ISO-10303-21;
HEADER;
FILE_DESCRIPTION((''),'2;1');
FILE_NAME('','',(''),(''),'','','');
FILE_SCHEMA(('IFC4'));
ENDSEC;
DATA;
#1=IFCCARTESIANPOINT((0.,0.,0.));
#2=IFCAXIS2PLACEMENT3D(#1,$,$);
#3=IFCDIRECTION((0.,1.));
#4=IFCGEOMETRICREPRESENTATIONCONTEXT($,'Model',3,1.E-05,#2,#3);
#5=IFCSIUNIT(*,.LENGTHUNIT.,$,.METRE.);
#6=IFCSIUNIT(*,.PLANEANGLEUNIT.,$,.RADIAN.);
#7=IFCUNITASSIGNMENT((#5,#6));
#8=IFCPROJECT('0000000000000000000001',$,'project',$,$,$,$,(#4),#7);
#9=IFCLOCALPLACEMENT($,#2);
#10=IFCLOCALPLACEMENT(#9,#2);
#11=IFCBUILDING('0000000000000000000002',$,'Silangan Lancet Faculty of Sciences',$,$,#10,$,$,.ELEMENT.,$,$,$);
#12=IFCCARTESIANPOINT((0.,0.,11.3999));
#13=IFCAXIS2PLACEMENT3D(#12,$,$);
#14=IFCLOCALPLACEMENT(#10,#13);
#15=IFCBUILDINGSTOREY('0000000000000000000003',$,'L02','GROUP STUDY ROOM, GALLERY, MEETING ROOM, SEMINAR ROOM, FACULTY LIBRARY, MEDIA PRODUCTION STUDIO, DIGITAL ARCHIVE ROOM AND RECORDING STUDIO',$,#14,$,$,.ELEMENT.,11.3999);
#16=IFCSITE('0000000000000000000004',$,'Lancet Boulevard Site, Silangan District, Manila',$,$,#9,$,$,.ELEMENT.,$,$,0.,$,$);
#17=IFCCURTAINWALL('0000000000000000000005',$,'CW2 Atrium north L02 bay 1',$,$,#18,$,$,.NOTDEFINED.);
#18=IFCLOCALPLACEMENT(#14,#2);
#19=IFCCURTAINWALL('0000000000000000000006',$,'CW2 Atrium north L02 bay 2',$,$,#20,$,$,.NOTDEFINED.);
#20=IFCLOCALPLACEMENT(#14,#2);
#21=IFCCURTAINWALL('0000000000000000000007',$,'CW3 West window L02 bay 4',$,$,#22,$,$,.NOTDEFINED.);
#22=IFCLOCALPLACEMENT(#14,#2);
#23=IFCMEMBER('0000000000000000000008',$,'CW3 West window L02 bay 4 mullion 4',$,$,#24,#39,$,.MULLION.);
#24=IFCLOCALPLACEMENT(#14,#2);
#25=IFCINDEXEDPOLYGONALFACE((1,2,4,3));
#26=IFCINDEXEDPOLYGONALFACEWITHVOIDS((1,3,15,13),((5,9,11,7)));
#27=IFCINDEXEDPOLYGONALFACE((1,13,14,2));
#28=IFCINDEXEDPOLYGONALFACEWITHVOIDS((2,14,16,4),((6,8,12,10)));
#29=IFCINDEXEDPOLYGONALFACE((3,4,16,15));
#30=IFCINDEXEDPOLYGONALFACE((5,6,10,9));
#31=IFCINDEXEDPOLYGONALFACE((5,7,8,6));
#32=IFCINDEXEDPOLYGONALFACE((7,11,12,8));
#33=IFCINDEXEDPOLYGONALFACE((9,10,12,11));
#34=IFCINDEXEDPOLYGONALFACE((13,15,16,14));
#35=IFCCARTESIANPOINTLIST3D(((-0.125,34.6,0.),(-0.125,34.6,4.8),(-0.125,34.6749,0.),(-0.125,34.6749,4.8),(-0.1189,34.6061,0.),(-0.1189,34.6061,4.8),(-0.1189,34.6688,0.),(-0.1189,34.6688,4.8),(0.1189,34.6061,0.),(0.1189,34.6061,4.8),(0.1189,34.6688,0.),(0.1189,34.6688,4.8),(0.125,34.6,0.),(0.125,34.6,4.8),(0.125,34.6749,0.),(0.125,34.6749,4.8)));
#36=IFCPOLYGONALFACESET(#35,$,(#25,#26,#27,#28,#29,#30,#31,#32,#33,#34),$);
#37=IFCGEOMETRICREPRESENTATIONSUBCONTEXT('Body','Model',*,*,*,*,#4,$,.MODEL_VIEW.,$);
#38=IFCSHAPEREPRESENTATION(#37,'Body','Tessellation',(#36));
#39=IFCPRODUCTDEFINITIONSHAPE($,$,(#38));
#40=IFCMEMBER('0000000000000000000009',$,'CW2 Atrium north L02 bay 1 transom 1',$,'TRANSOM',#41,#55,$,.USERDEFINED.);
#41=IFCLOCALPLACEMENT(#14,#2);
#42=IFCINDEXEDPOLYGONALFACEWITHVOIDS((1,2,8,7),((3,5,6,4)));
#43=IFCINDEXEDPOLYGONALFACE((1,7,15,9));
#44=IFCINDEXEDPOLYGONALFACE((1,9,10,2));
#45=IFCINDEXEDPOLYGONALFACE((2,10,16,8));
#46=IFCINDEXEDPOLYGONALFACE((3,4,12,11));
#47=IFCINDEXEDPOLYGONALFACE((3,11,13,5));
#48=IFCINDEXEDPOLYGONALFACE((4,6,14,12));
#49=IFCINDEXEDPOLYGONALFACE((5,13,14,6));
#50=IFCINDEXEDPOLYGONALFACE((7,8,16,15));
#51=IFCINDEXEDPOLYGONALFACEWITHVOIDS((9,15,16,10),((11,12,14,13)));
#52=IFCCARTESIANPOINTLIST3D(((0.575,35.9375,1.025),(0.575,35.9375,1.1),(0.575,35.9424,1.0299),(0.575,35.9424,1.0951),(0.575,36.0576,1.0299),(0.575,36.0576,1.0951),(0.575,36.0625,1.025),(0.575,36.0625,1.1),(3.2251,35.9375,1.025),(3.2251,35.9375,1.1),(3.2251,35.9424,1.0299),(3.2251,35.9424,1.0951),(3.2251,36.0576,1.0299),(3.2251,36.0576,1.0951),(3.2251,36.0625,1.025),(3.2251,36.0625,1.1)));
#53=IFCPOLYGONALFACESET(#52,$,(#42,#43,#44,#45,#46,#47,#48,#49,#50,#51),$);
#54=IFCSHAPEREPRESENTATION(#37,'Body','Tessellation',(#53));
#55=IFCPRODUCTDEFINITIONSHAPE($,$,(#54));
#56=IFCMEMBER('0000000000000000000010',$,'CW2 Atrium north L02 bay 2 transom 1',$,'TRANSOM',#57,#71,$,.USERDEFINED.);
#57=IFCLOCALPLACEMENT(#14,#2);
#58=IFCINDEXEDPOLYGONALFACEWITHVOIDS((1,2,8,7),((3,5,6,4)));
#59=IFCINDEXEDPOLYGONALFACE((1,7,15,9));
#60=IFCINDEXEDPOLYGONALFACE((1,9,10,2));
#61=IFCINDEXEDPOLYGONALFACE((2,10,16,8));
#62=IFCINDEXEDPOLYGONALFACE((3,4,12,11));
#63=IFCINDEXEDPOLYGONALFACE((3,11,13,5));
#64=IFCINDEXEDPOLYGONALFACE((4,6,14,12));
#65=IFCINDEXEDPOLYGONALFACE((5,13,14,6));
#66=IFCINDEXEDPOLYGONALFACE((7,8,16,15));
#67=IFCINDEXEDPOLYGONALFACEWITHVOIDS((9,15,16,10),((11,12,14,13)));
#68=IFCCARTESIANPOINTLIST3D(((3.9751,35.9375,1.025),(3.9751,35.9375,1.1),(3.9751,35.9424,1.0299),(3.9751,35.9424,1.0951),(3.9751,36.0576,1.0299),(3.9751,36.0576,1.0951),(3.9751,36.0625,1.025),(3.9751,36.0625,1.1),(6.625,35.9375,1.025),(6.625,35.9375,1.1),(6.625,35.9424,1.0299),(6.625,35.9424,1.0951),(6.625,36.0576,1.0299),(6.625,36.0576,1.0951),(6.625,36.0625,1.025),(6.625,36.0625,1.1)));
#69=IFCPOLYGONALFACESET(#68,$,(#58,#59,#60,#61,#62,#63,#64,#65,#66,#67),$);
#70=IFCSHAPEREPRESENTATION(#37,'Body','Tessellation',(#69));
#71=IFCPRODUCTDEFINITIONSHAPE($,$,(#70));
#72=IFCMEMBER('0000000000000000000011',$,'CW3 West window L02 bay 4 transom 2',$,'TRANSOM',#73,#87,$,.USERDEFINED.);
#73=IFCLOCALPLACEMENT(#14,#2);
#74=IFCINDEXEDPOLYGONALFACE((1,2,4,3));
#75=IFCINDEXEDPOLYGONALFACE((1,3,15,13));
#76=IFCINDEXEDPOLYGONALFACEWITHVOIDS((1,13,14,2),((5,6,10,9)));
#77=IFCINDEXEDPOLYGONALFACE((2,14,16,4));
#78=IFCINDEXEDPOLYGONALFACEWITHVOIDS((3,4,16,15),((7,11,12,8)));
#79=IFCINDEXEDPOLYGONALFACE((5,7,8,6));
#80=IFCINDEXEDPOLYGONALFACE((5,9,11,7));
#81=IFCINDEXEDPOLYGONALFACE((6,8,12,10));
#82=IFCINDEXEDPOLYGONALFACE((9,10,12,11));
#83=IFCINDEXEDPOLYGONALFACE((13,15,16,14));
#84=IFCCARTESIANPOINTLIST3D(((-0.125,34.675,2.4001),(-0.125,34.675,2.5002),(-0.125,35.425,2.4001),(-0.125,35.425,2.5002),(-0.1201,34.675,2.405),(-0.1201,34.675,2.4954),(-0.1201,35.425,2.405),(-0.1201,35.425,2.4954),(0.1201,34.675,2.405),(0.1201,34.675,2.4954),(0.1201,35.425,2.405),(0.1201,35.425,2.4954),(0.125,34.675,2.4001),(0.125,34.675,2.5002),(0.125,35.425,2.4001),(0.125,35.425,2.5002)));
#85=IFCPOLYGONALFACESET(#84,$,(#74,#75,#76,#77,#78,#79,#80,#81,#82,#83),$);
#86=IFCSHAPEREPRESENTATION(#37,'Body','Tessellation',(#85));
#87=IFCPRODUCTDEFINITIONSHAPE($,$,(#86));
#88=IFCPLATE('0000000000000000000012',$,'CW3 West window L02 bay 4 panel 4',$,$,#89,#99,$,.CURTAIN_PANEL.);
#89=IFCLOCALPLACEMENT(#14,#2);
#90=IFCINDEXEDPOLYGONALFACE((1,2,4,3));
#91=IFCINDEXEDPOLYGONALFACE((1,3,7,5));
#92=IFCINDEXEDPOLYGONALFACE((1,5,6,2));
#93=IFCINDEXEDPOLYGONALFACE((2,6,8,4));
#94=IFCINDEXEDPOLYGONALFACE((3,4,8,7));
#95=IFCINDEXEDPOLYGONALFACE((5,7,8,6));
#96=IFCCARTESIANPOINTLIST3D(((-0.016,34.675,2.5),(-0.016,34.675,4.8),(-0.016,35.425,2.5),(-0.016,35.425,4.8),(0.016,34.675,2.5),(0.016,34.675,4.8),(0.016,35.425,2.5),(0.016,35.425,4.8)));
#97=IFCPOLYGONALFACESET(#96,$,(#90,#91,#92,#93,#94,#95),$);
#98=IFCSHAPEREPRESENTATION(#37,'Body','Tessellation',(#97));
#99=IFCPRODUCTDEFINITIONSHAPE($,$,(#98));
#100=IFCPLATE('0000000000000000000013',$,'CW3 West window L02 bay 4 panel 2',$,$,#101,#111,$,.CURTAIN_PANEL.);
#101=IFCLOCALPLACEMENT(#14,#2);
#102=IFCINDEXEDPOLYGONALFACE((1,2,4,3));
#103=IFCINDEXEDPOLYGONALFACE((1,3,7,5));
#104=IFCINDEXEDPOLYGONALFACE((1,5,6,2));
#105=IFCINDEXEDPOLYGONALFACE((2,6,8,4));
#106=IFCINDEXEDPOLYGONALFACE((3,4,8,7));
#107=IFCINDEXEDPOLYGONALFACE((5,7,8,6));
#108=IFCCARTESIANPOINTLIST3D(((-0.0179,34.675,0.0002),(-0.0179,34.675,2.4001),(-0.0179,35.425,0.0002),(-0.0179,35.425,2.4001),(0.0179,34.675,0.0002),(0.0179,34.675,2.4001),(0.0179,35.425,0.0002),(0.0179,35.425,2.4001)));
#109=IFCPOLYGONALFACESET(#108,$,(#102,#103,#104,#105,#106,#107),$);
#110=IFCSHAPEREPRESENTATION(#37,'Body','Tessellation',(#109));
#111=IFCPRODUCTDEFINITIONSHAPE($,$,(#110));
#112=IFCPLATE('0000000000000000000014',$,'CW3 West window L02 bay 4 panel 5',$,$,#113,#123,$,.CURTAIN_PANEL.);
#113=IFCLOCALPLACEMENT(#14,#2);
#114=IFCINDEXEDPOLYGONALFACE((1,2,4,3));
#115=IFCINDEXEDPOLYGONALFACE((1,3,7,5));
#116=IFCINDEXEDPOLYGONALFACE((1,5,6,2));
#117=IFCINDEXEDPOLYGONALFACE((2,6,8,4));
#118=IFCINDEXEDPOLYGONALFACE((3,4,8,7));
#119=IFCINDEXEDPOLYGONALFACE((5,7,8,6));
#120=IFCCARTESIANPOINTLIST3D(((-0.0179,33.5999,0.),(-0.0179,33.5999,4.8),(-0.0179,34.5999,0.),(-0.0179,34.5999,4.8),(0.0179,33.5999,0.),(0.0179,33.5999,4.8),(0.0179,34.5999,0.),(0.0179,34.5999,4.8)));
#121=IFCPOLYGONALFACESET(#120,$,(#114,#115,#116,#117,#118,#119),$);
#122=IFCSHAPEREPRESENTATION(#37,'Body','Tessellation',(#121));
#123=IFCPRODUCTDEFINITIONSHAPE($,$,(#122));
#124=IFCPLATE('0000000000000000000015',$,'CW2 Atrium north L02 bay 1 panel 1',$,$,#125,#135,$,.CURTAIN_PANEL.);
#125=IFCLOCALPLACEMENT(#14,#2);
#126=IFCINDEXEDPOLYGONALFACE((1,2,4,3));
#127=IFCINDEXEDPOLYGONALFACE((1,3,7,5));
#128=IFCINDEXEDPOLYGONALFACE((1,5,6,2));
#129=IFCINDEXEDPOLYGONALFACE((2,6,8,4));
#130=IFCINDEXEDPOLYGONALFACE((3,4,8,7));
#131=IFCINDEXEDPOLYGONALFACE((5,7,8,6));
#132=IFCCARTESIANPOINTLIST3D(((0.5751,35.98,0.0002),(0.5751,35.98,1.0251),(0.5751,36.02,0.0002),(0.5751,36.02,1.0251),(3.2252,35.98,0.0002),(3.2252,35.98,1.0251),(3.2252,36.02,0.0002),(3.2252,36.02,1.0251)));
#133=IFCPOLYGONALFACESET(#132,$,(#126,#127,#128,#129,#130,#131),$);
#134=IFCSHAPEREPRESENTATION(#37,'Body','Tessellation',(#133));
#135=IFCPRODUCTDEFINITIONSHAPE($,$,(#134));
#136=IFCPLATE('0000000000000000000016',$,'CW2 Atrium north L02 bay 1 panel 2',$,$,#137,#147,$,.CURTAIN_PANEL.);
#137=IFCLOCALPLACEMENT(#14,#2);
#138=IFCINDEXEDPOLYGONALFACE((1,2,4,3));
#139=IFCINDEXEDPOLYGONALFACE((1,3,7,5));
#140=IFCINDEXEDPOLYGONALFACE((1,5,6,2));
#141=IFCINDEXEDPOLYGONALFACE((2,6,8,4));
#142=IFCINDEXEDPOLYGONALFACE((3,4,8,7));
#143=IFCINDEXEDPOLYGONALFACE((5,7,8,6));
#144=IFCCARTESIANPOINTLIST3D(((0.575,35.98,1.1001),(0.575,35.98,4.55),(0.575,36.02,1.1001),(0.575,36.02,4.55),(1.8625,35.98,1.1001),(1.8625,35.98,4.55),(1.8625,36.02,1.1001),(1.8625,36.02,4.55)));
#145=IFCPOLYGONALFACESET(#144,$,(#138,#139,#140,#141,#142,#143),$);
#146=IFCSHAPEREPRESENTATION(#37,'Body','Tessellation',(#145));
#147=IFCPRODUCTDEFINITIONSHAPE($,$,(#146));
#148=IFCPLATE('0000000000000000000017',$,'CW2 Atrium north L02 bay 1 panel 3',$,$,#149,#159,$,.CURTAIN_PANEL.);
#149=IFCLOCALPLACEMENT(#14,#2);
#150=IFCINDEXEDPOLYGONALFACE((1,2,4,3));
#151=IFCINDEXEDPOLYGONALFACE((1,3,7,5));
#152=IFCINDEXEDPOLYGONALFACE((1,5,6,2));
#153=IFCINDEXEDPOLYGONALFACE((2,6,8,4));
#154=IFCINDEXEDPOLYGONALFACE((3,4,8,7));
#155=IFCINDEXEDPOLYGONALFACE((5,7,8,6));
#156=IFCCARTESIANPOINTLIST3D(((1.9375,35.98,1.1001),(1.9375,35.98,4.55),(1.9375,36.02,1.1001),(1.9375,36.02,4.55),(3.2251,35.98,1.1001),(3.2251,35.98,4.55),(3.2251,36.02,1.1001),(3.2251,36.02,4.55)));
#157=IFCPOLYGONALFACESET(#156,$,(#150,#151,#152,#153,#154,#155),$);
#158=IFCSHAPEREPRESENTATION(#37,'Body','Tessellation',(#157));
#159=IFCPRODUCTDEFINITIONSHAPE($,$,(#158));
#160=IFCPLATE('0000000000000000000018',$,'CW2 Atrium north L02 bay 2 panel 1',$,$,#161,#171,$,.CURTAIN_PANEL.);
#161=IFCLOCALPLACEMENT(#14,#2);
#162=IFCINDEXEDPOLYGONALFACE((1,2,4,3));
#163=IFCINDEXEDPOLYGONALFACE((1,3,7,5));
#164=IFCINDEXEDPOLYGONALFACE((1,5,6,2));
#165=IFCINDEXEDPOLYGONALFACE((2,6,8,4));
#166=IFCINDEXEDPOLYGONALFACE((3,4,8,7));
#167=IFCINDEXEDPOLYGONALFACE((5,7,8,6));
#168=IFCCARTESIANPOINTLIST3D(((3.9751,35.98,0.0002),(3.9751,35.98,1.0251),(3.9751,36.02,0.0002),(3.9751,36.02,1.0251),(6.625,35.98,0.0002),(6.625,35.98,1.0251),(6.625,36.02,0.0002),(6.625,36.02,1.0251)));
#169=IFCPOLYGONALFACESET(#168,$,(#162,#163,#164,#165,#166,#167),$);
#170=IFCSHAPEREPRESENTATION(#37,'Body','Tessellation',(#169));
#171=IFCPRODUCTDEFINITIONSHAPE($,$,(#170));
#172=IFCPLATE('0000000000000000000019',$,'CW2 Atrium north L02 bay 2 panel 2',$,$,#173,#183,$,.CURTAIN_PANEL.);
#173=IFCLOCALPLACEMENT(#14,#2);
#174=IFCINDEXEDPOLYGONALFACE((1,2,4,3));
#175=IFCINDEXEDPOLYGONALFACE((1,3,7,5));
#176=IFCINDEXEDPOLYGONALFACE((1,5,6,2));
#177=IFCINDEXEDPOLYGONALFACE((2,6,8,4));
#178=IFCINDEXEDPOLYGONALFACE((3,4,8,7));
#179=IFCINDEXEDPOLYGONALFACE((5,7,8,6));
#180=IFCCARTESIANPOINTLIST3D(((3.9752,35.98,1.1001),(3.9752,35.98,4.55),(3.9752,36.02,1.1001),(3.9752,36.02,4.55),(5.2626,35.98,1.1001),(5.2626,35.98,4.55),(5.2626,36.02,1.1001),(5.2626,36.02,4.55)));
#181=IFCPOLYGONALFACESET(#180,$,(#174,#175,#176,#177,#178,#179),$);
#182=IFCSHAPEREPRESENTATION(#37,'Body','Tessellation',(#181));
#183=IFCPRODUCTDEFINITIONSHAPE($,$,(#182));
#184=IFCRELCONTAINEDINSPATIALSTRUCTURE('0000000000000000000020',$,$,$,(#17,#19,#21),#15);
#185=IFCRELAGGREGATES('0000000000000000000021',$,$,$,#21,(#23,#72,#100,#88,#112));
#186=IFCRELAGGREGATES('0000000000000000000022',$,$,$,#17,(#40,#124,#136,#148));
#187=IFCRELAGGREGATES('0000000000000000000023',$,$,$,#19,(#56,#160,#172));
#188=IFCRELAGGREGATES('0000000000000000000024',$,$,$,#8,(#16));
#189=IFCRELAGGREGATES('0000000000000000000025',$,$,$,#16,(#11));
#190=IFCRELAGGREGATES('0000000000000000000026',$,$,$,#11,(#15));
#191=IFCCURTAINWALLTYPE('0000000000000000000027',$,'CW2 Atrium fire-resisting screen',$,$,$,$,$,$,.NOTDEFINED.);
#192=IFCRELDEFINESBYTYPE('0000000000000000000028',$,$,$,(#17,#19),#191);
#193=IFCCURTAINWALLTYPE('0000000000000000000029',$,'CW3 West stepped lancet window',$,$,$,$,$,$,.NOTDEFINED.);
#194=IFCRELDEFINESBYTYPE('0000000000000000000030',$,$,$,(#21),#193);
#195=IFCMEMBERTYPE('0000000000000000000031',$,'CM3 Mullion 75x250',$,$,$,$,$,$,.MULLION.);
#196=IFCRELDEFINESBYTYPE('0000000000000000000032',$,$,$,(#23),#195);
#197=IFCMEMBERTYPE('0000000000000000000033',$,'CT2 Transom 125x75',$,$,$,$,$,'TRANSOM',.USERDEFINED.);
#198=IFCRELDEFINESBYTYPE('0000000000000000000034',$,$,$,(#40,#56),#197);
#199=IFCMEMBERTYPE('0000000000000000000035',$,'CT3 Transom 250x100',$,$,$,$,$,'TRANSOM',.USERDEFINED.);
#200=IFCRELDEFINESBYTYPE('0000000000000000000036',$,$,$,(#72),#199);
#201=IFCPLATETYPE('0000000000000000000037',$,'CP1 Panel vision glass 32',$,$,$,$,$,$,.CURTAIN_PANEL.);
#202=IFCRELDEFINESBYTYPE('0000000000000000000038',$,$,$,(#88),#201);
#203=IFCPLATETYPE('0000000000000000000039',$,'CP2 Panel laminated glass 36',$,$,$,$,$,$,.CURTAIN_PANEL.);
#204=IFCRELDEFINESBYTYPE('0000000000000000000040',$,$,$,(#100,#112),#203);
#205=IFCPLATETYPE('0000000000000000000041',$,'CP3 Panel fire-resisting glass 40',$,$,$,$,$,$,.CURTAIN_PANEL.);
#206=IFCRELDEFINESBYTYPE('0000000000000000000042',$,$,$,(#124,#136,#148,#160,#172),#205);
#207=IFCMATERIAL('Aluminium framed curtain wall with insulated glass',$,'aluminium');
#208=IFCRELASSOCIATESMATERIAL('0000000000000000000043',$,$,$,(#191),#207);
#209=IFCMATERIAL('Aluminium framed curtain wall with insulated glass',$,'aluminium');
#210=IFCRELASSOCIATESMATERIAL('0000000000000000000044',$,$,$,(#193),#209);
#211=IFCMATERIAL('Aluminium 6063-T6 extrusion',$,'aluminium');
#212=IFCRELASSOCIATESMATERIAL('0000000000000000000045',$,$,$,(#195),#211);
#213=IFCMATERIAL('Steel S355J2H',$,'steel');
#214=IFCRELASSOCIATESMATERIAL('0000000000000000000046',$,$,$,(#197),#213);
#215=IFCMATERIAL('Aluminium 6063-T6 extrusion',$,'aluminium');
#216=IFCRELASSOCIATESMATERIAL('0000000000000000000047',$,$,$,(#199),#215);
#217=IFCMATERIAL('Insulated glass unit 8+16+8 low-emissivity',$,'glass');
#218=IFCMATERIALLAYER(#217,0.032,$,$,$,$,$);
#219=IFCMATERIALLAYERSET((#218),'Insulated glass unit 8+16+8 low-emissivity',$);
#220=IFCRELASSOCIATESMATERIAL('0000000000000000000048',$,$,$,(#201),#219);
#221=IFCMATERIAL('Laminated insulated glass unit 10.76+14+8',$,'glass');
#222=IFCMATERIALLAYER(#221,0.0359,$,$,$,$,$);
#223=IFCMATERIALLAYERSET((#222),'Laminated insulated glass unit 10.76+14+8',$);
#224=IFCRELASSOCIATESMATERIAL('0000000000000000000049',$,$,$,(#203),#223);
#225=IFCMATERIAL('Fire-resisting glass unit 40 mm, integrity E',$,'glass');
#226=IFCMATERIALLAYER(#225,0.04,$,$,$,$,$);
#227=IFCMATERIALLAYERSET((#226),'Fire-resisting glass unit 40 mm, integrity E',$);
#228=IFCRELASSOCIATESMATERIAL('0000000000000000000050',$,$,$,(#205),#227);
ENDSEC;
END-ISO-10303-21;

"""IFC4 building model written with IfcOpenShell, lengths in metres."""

from ifc_helpers import new_model, si_unit, direction, frame, origin, origin_2d, place, context, subcontext, project, spatial, rectangle, hollow_rectangle, extrude, material, layer, layer_set, material_profile, profile_set, type_object, element, aggregate, save


model = new_model("IFC4")

# Units and contexts
model_context = context("Model", 3, precision=1e-05, world=origin(), true_north=direction((0.0, 1.0)))
body_context = subcontext(model_context, "Body", "Model", "MODEL_VIEW")
ifc_project = project(units=[si_unit("LENGTHUNIT", "METRE"), si_unit("PLANEANGLEUNIT", "RADIAN")], contexts=[model_context])

# Site, building, storey
site_placement = place(None, origin())
site = spatial("IfcSite", under=ifc_project, at=site_placement, Name="Lancet Boulevard Site, Silangan District, Manila", CompositionType="ELEMENT", RefElevation=0.0)
building_placement = place(site_placement, origin())
building = spatial("IfcBuilding", under=site, at=building_placement, Name="Silangan Lancet Faculty of Sciences", CompositionType="ELEMENT")
storey_placement = place(building_placement, frame((0.0, 0.0, 11.3999)))
storey = spatial("IfcBuildingStorey", under=building, at=storey_placement, Name="L02", Description="GROUP STUDY ROOM, GALLERY, MEETING ROOM, SEMINAR ROOM, FACULTY LIBRARY, MEDIA PRODUCTION STUDIO, DIGITAL ARCHIVE ROOM AND RECORDING STUDIO", CompositionType="ELEMENT", Elevation=11.3999)

# Curtain walls, member
ifc_material_1 = material(Name="Aluminium framed curtain wall with insulated glass", Category="aluminium")
curtain_wall_type_1 = type_object("IfcCurtainWallType", Name="CW2 Atrium fire-resisting screen", PredefinedType="NOTDEFINED", material=ifc_material_1)
curtain_wall_1_placement = place(storey_placement, origin())
curtain_wall_1 = element("IfcCurtainWall", 1, at=curtain_wall_1_placement, inside=storey, type_object=curtain_wall_type_1, Name="CW2 Atrium north L02 bay 1", PredefinedType="NOTDEFINED")
curtain_wall_2_placement = place(storey_placement, origin())
curtain_wall_2 = element("IfcCurtainWall", 2, at=curtain_wall_2_placement, inside=storey, type_object=curtain_wall_type_1, Name="CW2 Atrium north L02 bay 2", PredefinedType="NOTDEFINED")
ifc_material_2 = material(Name="Aluminium framed curtain wall with insulated glass", Category="aluminium")
curtain_wall_type_2 = type_object("IfcCurtainWallType", Name="CW3 West stepped lancet window", PredefinedType="NOTDEFINED", material=ifc_material_2)
curtain_wall_3_placement = place(storey_placement, origin())
curtain_wall_3 = element("IfcCurtainWall", 3, at=curtain_wall_3_placement, inside=storey, type_object=curtain_wall_type_2, Name="CW3 West window L02 bay 4", PredefinedType="NOTDEFINED")
ifc_material_3 = material(Name="Aluminium 6063-T6 extrusion", Category="aluminium")
ifc_material_profile_1 = material_profile(ifc_material_3, hollow_rectangle(XDim=0.075, YDim=0.25, WallThickness=0.0061, at=origin_2d()), Name="AL BOX 75x250x6")
ifc_profile_set_1 = profile_set([ifc_material_profile_1], Name="Aluminium 6063-T6 extrusion")
member_type_1 = type_object("IfcMemberType", Name="CM3 Mullion 75x250", PredefinedType="MULLION", material=ifc_profile_set_1)
member_1_placement = place(storey_placement, frame((0.0, 34.6375, 0.0), z_axis=(0.0, 0.0, 1.0), x_axis=(0.0, 1.0, 0.0)))
member_1 = element("IfcMember", 4, at=member_1_placement, type_object=member_type_1, Name="CW3 West window L02 bay 4 mullion 4", PredefinedType="MULLION", context=body_context, shape_type="SweptSolid", body=[
    extrude(hollow_rectangle(XDim=0.075, YDim=0.25, WallThickness=0.0061, at=origin_2d()), origin(), (0.0, 0.0, 1.0), 4.8),
])

# Members
ifc_material_4 = material(Name="Steel S355J2H", Category="steel")
ifc_material_profile_2 = material_profile(ifc_material_4, hollow_rectangle(XDim=0.125, YDim=0.075, WallThickness=0.0049, at=origin_2d()), Name="ST BOX 125x75x5")
ifc_profile_set_2 = profile_set([ifc_material_profile_2], Name="Steel S355J2H")
member_type_2 = type_object("IfcMemberType", Name="CT2 Transom 125x75", ElementType="TRANSOM", PredefinedType="USERDEFINED", material=ifc_profile_set_2)
member_2_placement = place(storey_placement, frame((0.575, 36.0, 1.0625), z_axis=(1.0, 0.0, 0.0), x_axis=(0.0, 1.0, 0.0)))
member_2 = element("IfcMember", 5, at=member_2_placement, type_object=member_type_2, Name="CW2 Atrium north L02 bay 1 transom 1", ObjectType="TRANSOM", PredefinedType="USERDEFINED", context=body_context, shape_type="SweptSolid", body=[
    extrude(hollow_rectangle(XDim=0.125, YDim=0.075, WallThickness=0.0049, at=origin_2d()), origin(), (0.0, 0.0, 1.0), 2.6501),
])
member_3_placement = place(storey_placement, frame((3.9751, 36.0, 1.0625), z_axis=(1.0, 0.0, 0.0), x_axis=(0.0, 1.0, 0.0)))
member_3 = element("IfcMember", 6, at=member_3_placement, type_object=member_type_2, Name="CW2 Atrium north L02 bay 2 transom 1", ObjectType="TRANSOM", PredefinedType="USERDEFINED", context=body_context, shape_type="SweptSolid", body=[
    extrude(hollow_rectangle(XDim=0.125, YDim=0.075, WallThickness=0.0049, at=origin_2d()), origin(), (0.0, 0.0, 1.0), 2.6499),
])
ifc_material_5 = material(Name="Aluminium 6063-T6 extrusion", Category="aluminium")
ifc_material_profile_3 = material_profile(ifc_material_5, hollow_rectangle(XDim=0.25, YDim=0.1001, WallThickness=0.0049, at=origin_2d()), Name="AL BOX 250x100x5")
ifc_profile_set_3 = profile_set([ifc_material_profile_3], Name="Aluminium 6063-T6 extrusion")
member_type_3 = type_object("IfcMemberType", Name="CT3 Transom 250x100", ElementType="TRANSOM", PredefinedType="USERDEFINED", material=ifc_profile_set_3)
member_4_placement = place(storey_placement, frame((0.0, 34.675, 2.4502), z_axis=(0.0, 1.0, 0.0), x_axis=(-1.0, 0.0, 0.0)))
member_4 = element("IfcMember", 7, at=member_4_placement, type_object=member_type_3, Name="CW3 West window L02 bay 4 transom 2", ObjectType="TRANSOM", PredefinedType="USERDEFINED", context=body_context, shape_type="SweptSolid", body=[
    extrude(hollow_rectangle(XDim=0.25, YDim=0.1001, WallThickness=0.0049, at=origin_2d()), origin(), (0.0, 0.0, 1.0), 0.75),
])

# Plates
ifc_material_6 = material(Name="Insulated glass unit 8+16+8 low-emissivity", Category="glass")
ifc_layer_1 = layer(ifc_material_6, 0.032)
ifc_layer_set_1 = layer_set([ifc_layer_1], Name="Insulated glass unit 8+16+8 low-emissivity")
plate_type_1 = type_object("IfcPlateType", Name="CP1 Panel vision glass 32", PredefinedType="CURTAIN_PANEL", material=ifc_layer_set_1)
plate_1_placement = place(storey_placement, frame((0.0, 35.05, 2.5), z_axis=(0.0, 0.0, 1.0), x_axis=(0.0, 1.0, 0.0)))
plate_1 = element("IfcPlate", 8, at=plate_1_placement, type_object=plate_type_1, Name="CW3 West window L02 bay 4 panel 4", PredefinedType="CURTAIN_PANEL", context=body_context, shape_type="SweptSolid", body=[
    extrude(rectangle(XDim=0.75, YDim=0.032, at=origin_2d()), origin(), (0.0, 0.0, 1.0), 2.3),
])
ifc_material_7 = material(Name="Laminated insulated glass unit 10.76+14+8", Category="glass")
ifc_layer_2 = layer(ifc_material_7, 0.0359)
ifc_layer_set_2 = layer_set([ifc_layer_2], Name="Laminated insulated glass unit 10.76+14+8")
plate_type_2 = type_object("IfcPlateType", Name="CP2 Panel laminated glass 36", PredefinedType="CURTAIN_PANEL", material=ifc_layer_set_2)
plate_2_placement = place(storey_placement, frame((0.0, 35.05, 0.0002), z_axis=(0.0, 0.0, 1.0), x_axis=(0.0, 1.0, 0.0)))
plate_2 = element("IfcPlate", 9, at=plate_2_placement, type_object=plate_type_2, Name="CW3 West window L02 bay 4 panel 2", PredefinedType="CURTAIN_PANEL", context=body_context, shape_type="SweptSolid", body=[
    extrude(rectangle(XDim=0.75, YDim=0.0359, at=origin_2d()), origin(), (0.0, 0.0, 1.0), 2.3999),
])
plate_3_placement = place(storey_placement, frame((0.0, 34.0999, 0.0), z_axis=(0.0, 0.0, 1.0), x_axis=(0.0, 1.0, 0.0)))
plate_3 = element("IfcPlate", 10, at=plate_3_placement, type_object=plate_type_2, Name="CW3 West window L02 bay 4 panel 5", PredefinedType="CURTAIN_PANEL", context=body_context, shape_type="SweptSolid", body=[
    extrude(rectangle(XDim=1.0, YDim=0.0359, at=origin_2d()), origin(), (0.0, 0.0, 1.0), 4.8),
])
aggregate(curtain_wall_3, [member_1, member_4, plate_2, plate_1, plate_3])
ifc_material_8 = material(Name="Fire-resisting glass unit 40 mm, integrity E", Category="glass")
ifc_layer_3 = layer(ifc_material_8, 0.04)
ifc_layer_set_3 = layer_set([ifc_layer_3], Name="Fire-resisting glass unit 40 mm, integrity E")
plate_type_3 = type_object("IfcPlateType", Name="CP3 Panel fire-resisting glass 40", PredefinedType="CURTAIN_PANEL", material=ifc_layer_set_3)
plate_4_placement = place(storey_placement, frame((1.9001, 36.0, 0.0002), z_axis=(0.0, 0.0, 1.0), x_axis=(1.0, 0.0, 0.0)))
plate_4 = element("IfcPlate", 11, at=plate_4_placement, type_object=plate_type_3, Name="CW2 Atrium north L02 bay 1 panel 1", PredefinedType="CURTAIN_PANEL", context=body_context, shape_type="SweptSolid", body=[
    extrude(rectangle(XDim=2.6501, YDim=0.04, at=origin_2d()), origin(), (0.0, 0.0, 1.0), 1.0249),
])
plate_5_placement = place(storey_placement, frame((1.2188, 36.0, 1.1001), z_axis=(0.0, 0.0, 1.0), x_axis=(1.0, 0.0, 0.0)))
plate_5 = element("IfcPlate", 12, at=plate_5_placement, type_object=plate_type_3, Name="CW2 Atrium north L02 bay 1 panel 2", PredefinedType="CURTAIN_PANEL", context=body_context, shape_type="SweptSolid", body=[
    extrude(rectangle(XDim=1.2876, YDim=0.04, at=origin_2d()), origin(), (0.0, 0.0, 1.0), 3.45),
])
plate_6_placement = place(storey_placement, frame((2.5813, 36.0, 1.1001), z_axis=(0.0, 0.0, 1.0), x_axis=(1.0, 0.0, 0.0)))
plate_6 = element("IfcPlate", 13, at=plate_6_placement, type_object=plate_type_3, Name="CW2 Atrium north L02 bay 1 panel 3", PredefinedType="CURTAIN_PANEL", context=body_context, shape_type="SweptSolid", body=[
    extrude(rectangle(XDim=1.2876, YDim=0.04, at=origin_2d()), origin(), (0.0, 0.0, 1.0), 3.45),
])
aggregate(curtain_wall_1, [member_2, plate_4, plate_5, plate_6])
plate_7_placement = place(storey_placement, frame((5.3, 36.0, 0.0002), z_axis=(0.0, 0.0, 1.0), x_axis=(1.0, 0.0, 0.0)))
plate_7 = element("IfcPlate", 14, at=plate_7_placement, type_object=plate_type_3, Name="CW2 Atrium north L02 bay 2 panel 1", PredefinedType="CURTAIN_PANEL", context=body_context, shape_type="SweptSolid", body=[
    extrude(rectangle(XDim=2.6499, YDim=0.04, at=origin_2d()), origin(), (0.0, 0.0, 1.0), 1.0249),
])
plate_8_placement = place(storey_placement, frame((4.6189, 36.0, 1.1001), z_axis=(0.0, 0.0, 1.0), x_axis=(1.0, 0.0, 0.0)))
plate_8 = element("IfcPlate", 15, at=plate_8_placement, type_object=plate_type_3, Name="CW2 Atrium north L02 bay 2 panel 2", PredefinedType="CURTAIN_PANEL", context=body_context, shape_type="SweptSolid", body=[
    extrude(rectangle(XDim=1.2874, YDim=0.04, at=origin_2d()), origin(), (0.0, 0.0, 1.0), 3.45),
])
aggregate(curtain_wall_2, [member_3, plate_7, plate_8])

save(model, "model.ifc")
